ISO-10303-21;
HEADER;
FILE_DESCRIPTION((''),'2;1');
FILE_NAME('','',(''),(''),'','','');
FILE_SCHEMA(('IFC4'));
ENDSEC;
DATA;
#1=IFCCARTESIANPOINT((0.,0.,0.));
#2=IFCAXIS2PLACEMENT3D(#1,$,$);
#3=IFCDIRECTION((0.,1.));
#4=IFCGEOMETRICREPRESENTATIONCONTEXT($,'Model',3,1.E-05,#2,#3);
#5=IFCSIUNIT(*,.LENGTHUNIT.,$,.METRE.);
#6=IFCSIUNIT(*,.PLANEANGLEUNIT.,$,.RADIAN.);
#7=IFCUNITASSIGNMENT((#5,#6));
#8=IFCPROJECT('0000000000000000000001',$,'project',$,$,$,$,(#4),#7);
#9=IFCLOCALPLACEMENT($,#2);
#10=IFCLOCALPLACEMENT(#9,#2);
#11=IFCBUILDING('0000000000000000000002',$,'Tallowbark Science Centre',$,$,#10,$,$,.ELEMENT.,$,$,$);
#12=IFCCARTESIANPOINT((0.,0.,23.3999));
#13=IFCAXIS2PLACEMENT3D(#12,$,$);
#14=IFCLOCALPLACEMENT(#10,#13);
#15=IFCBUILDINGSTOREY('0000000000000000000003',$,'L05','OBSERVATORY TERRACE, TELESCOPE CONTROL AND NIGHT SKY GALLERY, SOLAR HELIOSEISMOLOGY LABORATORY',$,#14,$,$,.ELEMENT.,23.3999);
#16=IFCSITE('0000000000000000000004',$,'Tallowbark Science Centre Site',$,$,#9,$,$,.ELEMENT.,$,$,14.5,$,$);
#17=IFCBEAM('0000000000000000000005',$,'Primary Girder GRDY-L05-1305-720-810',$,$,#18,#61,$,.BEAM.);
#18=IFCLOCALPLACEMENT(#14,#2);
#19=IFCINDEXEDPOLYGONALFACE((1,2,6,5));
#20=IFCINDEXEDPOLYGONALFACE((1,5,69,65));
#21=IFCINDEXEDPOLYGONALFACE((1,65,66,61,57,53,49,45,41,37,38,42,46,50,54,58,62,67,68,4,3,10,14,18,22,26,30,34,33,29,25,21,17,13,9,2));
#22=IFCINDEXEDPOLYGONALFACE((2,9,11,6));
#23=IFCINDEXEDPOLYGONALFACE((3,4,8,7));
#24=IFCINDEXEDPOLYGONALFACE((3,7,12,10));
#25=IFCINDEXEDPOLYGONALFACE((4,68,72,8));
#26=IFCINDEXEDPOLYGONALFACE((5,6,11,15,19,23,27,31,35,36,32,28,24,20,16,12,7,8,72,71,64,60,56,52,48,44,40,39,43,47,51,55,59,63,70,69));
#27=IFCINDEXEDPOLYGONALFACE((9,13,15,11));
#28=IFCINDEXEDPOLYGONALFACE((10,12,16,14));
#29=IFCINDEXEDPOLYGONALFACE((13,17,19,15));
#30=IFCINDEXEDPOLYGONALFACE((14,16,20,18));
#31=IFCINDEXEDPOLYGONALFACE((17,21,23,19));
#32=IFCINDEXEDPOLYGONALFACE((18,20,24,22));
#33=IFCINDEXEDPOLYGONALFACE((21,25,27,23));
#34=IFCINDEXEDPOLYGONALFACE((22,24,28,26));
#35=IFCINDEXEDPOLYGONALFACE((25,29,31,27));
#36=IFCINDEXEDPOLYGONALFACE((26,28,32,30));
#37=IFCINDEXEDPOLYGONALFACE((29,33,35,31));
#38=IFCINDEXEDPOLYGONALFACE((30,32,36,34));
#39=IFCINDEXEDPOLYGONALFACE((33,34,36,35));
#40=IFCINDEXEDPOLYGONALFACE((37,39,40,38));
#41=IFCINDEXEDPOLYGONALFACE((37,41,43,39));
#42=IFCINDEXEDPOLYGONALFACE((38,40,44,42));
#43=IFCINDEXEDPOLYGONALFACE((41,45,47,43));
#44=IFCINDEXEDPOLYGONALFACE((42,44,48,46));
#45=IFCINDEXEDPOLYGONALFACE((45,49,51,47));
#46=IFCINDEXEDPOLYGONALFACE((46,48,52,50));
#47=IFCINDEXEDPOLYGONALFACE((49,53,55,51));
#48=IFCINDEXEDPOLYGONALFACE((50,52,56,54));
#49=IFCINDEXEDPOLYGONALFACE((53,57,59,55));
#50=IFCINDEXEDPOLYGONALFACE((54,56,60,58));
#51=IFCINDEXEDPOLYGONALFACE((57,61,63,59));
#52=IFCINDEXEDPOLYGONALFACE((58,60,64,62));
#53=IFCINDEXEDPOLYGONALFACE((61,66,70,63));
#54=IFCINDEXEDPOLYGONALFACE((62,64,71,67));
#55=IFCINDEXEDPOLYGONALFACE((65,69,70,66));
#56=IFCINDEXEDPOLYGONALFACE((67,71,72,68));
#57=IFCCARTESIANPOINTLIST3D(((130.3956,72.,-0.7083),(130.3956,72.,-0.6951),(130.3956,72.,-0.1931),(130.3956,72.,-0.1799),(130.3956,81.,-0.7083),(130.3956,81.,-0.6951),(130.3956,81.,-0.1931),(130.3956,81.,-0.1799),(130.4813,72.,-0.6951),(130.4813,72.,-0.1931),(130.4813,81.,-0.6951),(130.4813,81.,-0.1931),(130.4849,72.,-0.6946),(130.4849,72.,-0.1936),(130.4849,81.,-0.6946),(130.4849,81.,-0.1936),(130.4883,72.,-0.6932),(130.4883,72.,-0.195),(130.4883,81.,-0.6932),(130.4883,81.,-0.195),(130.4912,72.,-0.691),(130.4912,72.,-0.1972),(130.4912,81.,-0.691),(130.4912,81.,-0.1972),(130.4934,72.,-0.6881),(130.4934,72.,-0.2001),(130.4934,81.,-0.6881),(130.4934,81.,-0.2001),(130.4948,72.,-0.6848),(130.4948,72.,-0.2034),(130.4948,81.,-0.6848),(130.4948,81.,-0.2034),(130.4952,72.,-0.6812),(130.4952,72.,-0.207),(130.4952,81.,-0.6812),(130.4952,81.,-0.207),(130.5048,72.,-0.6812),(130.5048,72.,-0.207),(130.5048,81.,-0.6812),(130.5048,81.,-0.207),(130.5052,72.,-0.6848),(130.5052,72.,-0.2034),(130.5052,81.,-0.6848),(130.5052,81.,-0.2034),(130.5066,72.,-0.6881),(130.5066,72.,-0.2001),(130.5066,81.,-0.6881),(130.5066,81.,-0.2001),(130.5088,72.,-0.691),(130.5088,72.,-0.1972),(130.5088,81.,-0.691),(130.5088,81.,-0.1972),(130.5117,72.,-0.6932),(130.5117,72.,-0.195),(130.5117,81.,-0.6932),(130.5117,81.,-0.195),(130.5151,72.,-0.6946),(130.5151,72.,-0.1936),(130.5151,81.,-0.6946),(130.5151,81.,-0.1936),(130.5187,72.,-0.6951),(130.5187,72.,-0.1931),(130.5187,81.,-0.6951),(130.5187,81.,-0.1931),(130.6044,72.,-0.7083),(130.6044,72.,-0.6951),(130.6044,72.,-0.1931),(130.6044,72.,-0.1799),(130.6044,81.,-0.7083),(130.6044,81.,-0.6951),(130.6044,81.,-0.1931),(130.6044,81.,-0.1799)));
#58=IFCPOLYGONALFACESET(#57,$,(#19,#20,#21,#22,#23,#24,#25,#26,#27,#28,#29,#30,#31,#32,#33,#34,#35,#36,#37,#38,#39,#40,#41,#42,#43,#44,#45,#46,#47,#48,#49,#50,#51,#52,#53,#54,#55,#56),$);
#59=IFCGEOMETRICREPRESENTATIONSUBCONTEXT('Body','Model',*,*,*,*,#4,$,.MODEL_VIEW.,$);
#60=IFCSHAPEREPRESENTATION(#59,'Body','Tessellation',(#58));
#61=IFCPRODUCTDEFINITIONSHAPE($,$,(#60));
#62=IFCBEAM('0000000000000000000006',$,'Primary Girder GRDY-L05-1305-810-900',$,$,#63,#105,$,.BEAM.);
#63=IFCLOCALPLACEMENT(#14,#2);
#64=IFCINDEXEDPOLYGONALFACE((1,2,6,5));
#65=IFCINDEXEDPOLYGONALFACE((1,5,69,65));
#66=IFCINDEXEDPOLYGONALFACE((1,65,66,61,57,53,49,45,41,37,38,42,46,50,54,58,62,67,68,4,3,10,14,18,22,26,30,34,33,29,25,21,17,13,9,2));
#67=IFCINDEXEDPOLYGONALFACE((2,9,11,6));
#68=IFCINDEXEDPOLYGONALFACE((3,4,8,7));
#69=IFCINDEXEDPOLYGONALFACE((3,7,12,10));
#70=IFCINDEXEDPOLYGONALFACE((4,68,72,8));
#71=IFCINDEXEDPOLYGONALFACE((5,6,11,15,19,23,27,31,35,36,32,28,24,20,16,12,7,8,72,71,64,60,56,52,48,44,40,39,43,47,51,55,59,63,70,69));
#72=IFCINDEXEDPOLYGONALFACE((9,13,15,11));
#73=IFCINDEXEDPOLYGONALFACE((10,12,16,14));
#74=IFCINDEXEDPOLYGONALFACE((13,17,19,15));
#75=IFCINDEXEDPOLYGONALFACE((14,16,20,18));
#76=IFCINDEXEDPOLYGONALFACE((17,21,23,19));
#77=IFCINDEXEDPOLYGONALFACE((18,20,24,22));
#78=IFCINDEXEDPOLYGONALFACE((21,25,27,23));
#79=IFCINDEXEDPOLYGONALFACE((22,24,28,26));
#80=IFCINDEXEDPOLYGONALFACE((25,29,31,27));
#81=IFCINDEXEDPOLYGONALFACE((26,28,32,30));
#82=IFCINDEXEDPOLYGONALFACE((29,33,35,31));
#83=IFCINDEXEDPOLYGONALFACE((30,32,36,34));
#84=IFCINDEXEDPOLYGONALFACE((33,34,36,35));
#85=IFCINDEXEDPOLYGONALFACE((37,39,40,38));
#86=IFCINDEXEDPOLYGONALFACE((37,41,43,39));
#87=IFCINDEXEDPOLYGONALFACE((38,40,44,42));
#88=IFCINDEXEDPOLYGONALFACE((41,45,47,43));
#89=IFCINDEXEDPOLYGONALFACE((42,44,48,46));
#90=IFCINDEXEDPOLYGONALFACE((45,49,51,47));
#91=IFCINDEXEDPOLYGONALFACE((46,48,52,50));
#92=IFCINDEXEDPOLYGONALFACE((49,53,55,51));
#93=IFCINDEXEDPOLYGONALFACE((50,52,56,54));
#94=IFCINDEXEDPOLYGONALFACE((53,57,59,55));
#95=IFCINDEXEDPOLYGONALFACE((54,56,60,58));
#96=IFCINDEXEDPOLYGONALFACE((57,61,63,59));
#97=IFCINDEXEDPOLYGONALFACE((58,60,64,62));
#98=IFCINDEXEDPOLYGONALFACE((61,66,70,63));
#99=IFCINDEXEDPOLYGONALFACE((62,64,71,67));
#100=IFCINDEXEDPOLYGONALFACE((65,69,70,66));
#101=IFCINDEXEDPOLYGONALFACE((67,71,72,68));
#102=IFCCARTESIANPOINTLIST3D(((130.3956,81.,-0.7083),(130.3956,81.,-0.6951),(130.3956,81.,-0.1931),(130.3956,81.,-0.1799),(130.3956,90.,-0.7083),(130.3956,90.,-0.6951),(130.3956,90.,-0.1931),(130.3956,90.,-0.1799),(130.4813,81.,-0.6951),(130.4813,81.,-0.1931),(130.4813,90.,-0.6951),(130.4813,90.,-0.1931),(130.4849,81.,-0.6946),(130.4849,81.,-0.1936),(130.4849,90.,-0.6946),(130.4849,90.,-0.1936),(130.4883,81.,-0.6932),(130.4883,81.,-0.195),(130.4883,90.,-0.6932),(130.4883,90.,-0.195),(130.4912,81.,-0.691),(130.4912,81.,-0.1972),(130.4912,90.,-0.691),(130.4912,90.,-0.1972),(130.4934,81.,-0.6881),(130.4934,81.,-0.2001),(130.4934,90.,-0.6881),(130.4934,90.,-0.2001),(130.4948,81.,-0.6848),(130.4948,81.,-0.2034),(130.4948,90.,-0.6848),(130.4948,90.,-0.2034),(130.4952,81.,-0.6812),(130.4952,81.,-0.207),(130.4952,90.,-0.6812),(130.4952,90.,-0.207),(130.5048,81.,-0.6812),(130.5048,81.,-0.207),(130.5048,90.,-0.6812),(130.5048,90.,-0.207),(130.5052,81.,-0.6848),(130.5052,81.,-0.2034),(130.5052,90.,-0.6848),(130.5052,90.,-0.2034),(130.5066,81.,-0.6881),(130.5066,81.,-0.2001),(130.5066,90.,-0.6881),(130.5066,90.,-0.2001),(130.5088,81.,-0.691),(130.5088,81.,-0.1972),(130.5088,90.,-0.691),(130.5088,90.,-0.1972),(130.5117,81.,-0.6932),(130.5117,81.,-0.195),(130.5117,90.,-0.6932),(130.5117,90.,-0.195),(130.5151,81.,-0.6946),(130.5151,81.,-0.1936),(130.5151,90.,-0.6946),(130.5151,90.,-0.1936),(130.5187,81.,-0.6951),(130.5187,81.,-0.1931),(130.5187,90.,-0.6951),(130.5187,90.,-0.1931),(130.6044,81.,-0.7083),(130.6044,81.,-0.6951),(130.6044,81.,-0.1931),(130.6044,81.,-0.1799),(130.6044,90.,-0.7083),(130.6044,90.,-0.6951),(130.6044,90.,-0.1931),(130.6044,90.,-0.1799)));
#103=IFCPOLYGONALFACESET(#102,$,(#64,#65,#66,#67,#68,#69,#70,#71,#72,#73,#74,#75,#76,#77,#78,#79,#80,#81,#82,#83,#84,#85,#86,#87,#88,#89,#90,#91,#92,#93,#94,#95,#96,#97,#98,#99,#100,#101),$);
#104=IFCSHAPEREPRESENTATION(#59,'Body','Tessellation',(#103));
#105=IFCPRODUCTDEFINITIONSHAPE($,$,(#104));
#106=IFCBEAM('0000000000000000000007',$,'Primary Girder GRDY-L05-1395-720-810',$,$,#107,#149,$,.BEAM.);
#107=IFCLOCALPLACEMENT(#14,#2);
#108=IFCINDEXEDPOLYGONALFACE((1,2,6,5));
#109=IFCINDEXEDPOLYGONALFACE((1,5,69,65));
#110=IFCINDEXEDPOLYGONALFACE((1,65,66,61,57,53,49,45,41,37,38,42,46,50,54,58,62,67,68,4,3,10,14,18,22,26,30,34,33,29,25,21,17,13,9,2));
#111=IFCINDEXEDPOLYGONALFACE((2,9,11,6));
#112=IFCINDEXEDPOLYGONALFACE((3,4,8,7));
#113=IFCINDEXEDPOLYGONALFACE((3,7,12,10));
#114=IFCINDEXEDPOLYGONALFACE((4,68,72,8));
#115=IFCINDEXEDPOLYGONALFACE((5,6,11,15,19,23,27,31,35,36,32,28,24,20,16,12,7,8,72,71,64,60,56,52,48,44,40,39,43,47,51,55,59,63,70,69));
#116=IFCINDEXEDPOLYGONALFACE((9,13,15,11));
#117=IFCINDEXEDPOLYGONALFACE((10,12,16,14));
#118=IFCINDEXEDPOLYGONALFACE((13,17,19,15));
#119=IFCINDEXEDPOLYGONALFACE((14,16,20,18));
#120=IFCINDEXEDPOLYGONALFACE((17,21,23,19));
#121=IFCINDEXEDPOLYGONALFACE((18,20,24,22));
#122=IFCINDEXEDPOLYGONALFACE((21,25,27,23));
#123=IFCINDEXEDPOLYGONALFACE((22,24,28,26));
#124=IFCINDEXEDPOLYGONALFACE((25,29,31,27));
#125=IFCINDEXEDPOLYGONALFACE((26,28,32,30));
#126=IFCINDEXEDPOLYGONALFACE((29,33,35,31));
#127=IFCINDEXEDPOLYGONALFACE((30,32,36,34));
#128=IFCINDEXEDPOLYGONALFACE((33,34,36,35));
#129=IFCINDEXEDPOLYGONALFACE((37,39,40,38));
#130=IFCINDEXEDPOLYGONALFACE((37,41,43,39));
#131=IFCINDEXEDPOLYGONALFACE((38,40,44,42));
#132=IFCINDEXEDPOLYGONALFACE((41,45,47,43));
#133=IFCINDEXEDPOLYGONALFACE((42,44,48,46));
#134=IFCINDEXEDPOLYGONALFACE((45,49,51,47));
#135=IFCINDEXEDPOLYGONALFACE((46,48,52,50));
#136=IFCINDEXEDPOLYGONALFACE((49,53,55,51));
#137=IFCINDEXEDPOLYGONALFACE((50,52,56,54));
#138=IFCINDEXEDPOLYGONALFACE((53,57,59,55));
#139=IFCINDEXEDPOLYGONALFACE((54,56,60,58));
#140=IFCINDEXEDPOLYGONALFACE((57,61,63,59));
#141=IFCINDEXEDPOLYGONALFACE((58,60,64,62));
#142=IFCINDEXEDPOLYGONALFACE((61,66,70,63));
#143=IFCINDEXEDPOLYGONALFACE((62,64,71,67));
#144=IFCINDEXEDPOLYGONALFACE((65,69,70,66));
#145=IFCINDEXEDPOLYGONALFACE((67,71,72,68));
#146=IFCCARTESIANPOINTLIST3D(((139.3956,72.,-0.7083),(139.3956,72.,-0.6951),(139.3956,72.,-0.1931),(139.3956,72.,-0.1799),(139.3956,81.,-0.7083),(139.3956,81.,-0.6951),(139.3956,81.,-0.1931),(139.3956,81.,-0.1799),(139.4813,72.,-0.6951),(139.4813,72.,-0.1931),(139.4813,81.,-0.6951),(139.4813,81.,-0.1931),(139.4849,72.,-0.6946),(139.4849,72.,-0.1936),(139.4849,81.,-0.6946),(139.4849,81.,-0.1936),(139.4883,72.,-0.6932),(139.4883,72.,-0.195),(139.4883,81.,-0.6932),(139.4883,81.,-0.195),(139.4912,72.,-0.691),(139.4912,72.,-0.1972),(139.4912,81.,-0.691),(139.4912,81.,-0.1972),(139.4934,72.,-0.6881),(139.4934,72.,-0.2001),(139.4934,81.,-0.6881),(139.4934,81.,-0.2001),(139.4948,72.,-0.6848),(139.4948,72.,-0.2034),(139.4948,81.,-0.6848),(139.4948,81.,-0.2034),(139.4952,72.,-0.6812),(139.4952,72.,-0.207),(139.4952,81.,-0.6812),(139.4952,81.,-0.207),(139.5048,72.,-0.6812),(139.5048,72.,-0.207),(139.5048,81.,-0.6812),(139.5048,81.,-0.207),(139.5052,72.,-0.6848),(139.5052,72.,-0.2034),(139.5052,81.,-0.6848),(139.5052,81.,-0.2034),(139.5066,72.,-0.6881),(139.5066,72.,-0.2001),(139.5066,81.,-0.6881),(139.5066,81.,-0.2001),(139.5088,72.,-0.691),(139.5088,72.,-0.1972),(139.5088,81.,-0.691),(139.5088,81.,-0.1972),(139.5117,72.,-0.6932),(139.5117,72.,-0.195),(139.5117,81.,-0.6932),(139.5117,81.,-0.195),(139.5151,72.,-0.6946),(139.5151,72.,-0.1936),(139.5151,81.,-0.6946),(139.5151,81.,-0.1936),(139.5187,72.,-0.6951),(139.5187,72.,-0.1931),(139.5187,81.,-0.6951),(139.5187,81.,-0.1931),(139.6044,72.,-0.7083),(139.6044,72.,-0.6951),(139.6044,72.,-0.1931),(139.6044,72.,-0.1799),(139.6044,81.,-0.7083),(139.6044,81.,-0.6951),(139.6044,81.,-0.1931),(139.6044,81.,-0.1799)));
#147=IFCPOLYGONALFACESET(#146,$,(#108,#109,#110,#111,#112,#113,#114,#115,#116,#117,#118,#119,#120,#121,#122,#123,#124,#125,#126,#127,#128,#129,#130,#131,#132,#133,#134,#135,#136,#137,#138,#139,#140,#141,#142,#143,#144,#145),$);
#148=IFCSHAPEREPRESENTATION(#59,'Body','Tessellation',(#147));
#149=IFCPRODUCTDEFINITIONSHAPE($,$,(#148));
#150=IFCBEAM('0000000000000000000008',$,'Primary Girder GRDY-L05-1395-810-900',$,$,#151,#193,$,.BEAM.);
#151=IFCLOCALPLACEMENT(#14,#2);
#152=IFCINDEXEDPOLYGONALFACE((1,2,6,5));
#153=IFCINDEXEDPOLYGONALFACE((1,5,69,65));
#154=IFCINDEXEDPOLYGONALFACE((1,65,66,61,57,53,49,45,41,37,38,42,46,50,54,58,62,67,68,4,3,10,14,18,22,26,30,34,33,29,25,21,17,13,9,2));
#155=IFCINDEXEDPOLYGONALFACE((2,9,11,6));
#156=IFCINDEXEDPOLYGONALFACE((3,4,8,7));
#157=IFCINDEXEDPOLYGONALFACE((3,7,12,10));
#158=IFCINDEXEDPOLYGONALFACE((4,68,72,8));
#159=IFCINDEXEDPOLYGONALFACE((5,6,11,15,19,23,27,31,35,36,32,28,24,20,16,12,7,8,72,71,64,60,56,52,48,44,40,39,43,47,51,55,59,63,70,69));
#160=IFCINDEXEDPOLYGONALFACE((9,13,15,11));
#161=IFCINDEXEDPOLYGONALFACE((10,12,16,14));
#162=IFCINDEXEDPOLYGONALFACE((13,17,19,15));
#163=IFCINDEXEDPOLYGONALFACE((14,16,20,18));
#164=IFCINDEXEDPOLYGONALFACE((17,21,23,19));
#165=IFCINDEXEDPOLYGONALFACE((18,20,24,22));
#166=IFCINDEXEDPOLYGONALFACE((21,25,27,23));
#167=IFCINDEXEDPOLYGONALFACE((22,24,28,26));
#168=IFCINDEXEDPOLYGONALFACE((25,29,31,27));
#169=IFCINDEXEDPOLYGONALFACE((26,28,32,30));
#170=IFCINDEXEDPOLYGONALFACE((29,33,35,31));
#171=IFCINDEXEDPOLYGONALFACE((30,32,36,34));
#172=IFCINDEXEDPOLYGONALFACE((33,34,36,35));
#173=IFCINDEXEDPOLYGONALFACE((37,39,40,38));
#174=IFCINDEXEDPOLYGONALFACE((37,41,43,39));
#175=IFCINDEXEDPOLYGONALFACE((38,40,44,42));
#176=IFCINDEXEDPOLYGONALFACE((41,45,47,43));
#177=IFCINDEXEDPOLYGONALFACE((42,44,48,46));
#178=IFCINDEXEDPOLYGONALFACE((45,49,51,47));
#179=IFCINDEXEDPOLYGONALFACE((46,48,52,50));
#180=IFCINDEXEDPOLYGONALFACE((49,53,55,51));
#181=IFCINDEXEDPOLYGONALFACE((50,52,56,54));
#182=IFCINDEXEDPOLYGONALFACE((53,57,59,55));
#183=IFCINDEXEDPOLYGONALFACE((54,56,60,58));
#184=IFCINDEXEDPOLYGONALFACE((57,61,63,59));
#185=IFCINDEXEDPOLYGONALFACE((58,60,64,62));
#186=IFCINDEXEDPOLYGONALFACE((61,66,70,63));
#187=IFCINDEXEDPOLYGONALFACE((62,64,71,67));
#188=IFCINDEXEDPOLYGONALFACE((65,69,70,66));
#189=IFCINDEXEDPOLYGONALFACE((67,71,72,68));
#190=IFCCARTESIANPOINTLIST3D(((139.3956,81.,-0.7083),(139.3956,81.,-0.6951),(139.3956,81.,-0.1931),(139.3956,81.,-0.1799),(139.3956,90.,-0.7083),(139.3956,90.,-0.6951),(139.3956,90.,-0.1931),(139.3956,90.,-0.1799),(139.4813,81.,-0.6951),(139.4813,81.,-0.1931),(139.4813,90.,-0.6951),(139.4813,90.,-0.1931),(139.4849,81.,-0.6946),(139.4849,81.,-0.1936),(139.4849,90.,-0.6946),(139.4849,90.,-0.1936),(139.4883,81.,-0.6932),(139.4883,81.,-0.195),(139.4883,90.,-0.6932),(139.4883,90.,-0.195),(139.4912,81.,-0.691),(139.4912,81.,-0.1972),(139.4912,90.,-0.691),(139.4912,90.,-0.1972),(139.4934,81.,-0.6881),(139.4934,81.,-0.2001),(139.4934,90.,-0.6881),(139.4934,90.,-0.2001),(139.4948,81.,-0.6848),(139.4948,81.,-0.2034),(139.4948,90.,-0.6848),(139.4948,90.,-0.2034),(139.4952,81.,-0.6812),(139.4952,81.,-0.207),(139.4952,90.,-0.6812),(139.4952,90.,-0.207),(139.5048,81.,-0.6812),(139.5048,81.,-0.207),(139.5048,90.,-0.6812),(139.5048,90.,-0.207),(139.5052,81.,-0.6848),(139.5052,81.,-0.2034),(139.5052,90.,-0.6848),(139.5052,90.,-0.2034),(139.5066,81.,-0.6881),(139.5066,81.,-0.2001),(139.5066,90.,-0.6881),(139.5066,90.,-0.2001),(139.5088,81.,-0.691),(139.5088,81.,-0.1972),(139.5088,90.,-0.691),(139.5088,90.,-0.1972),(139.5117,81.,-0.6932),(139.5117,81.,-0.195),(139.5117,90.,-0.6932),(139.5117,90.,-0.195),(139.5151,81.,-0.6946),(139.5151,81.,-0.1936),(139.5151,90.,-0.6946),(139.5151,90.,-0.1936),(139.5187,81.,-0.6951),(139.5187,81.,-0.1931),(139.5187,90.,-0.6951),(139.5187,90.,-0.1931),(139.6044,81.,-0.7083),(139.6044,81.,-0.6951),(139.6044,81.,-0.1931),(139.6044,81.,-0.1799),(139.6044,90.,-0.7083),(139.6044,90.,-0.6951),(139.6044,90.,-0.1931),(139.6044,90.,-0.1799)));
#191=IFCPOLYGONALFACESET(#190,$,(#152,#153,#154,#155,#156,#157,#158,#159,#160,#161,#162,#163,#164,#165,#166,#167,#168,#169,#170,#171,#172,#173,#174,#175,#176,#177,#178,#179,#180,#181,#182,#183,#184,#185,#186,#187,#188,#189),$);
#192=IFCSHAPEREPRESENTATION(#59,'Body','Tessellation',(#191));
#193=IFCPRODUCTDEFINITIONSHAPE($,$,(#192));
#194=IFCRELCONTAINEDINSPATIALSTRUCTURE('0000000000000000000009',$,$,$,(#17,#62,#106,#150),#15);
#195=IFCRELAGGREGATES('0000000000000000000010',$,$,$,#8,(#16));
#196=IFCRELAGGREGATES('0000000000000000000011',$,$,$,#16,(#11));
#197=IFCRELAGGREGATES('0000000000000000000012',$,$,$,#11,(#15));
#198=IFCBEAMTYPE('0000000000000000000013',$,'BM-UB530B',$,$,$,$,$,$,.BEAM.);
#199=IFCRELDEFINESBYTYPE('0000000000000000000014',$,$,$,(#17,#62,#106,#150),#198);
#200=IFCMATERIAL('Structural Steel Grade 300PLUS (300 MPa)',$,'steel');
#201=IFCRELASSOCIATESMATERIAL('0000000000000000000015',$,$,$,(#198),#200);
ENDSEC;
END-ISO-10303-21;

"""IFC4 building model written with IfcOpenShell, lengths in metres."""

from ifc_helpers import new_model, si_unit, direction, frame, origin, origin_2d, place, context, subcontext, project, spatial, i_section, extrude, material, material_profile, profile_set, type_object, element, save


model = new_model("IFC4")

# Units and contexts
model_context = context("Model", 3, precision=1e-05, world=origin(), true_north=direction((0.0, 1.0)))
body_context = subcontext(model_context, "Body", "Model", "MODEL_VIEW")
ifc_project = project(units=[si_unit("LENGTHUNIT", "METRE"), si_unit("PLANEANGLEUNIT", "RADIAN")], contexts=[model_context])

# Site, building, storey
site_placement = place(None, origin())
site = spatial("IfcSite", under=ifc_project, at=site_placement, Name="Tallowbark Science Centre Site", CompositionType="ELEMENT", RefElevation=14.5)
building_placement = place(site_placement, origin())
building = spatial("IfcBuilding", under=site, at=building_placement, Name="Tallowbark Science Centre", CompositionType="ELEMENT")
storey_placement = place(building_placement, frame((0.0, 0.0, 23.3999)))
storey = spatial("IfcBuildingStorey", under=building, at=storey_placement, Name="L05", Description="OBSERVATORY TERRACE, TELESCOPE CONTROL AND NIGHT SKY GALLERY, SOLAR HELIOSEISMOLOGY LABORATORY", CompositionType="ELEMENT", Elevation=23.3999)

# Shared definitions
ifc_material_1 = material(Name="Structural Steel Grade 300PLUS (300 MPa)", Category="steel")

# Beams
ifc_material_profile_1 = material_profile(ifc_material_1, i_section(OverallWidth=0.2087, OverallDepth=0.5283, WebThickness=0.0095, FlangeThickness=0.0132, FilletRadius=0.0139, at=origin_2d()), Name="530UB82.0")
ifc_profile_set_1 = profile_set([ifc_material_profile_1], Name="Structural Steel Grade 300PLUS (300 MPa)")
beam_type_1 = type_object("IfcBeamType", Name="BM-UB530B", PredefinedType="BEAM", material=ifc_profile_set_1)
for number, where, z_axis, x_axis, name in (
    (1, (130.5, 72.0, -0.4441), (0.0, 1.0, 0.0), (-1.0, 0.0, 0.0), "Primary Girder GRDY-L05-1305-720-810"),
    (2, (130.5, 81.0, -0.4441), (0.0, 1.0, 0.0), (-1.0, 0.0, 0.0), "Primary Girder GRDY-L05-1305-810-900"),
    (3, (139.5, 72.0, -0.4441), (0.0, 1.0, 0.0), (-1.0, 0.0, 0.0), "Primary Girder GRDY-L05-1395-720-810"),
    (4, (139.5, 81.0, -0.4441), (0.0, 1.0, 0.0), (-1.0, 0.0, 0.0), "Primary Girder GRDY-L05-1395-810-900"),
):
    element("IfcBeam", number, at=place(storey_placement, frame(where, z_axis=z_axis, x_axis=x_axis)), inside=storey, type_object=beam_type_1, Name=name, PredefinedType="BEAM", context=body_context, shape_type="SweptSolid", body=[
        extrude(i_section(OverallWidth=0.2087, OverallDepth=0.5283, WebThickness=0.0095, FlangeThickness=0.0132, FilletRadius=0.0139, at=origin_2d()), origin(), (0.0, 0.0, 1.0), 9.0),
    ])

save(model, "model.ifc")
